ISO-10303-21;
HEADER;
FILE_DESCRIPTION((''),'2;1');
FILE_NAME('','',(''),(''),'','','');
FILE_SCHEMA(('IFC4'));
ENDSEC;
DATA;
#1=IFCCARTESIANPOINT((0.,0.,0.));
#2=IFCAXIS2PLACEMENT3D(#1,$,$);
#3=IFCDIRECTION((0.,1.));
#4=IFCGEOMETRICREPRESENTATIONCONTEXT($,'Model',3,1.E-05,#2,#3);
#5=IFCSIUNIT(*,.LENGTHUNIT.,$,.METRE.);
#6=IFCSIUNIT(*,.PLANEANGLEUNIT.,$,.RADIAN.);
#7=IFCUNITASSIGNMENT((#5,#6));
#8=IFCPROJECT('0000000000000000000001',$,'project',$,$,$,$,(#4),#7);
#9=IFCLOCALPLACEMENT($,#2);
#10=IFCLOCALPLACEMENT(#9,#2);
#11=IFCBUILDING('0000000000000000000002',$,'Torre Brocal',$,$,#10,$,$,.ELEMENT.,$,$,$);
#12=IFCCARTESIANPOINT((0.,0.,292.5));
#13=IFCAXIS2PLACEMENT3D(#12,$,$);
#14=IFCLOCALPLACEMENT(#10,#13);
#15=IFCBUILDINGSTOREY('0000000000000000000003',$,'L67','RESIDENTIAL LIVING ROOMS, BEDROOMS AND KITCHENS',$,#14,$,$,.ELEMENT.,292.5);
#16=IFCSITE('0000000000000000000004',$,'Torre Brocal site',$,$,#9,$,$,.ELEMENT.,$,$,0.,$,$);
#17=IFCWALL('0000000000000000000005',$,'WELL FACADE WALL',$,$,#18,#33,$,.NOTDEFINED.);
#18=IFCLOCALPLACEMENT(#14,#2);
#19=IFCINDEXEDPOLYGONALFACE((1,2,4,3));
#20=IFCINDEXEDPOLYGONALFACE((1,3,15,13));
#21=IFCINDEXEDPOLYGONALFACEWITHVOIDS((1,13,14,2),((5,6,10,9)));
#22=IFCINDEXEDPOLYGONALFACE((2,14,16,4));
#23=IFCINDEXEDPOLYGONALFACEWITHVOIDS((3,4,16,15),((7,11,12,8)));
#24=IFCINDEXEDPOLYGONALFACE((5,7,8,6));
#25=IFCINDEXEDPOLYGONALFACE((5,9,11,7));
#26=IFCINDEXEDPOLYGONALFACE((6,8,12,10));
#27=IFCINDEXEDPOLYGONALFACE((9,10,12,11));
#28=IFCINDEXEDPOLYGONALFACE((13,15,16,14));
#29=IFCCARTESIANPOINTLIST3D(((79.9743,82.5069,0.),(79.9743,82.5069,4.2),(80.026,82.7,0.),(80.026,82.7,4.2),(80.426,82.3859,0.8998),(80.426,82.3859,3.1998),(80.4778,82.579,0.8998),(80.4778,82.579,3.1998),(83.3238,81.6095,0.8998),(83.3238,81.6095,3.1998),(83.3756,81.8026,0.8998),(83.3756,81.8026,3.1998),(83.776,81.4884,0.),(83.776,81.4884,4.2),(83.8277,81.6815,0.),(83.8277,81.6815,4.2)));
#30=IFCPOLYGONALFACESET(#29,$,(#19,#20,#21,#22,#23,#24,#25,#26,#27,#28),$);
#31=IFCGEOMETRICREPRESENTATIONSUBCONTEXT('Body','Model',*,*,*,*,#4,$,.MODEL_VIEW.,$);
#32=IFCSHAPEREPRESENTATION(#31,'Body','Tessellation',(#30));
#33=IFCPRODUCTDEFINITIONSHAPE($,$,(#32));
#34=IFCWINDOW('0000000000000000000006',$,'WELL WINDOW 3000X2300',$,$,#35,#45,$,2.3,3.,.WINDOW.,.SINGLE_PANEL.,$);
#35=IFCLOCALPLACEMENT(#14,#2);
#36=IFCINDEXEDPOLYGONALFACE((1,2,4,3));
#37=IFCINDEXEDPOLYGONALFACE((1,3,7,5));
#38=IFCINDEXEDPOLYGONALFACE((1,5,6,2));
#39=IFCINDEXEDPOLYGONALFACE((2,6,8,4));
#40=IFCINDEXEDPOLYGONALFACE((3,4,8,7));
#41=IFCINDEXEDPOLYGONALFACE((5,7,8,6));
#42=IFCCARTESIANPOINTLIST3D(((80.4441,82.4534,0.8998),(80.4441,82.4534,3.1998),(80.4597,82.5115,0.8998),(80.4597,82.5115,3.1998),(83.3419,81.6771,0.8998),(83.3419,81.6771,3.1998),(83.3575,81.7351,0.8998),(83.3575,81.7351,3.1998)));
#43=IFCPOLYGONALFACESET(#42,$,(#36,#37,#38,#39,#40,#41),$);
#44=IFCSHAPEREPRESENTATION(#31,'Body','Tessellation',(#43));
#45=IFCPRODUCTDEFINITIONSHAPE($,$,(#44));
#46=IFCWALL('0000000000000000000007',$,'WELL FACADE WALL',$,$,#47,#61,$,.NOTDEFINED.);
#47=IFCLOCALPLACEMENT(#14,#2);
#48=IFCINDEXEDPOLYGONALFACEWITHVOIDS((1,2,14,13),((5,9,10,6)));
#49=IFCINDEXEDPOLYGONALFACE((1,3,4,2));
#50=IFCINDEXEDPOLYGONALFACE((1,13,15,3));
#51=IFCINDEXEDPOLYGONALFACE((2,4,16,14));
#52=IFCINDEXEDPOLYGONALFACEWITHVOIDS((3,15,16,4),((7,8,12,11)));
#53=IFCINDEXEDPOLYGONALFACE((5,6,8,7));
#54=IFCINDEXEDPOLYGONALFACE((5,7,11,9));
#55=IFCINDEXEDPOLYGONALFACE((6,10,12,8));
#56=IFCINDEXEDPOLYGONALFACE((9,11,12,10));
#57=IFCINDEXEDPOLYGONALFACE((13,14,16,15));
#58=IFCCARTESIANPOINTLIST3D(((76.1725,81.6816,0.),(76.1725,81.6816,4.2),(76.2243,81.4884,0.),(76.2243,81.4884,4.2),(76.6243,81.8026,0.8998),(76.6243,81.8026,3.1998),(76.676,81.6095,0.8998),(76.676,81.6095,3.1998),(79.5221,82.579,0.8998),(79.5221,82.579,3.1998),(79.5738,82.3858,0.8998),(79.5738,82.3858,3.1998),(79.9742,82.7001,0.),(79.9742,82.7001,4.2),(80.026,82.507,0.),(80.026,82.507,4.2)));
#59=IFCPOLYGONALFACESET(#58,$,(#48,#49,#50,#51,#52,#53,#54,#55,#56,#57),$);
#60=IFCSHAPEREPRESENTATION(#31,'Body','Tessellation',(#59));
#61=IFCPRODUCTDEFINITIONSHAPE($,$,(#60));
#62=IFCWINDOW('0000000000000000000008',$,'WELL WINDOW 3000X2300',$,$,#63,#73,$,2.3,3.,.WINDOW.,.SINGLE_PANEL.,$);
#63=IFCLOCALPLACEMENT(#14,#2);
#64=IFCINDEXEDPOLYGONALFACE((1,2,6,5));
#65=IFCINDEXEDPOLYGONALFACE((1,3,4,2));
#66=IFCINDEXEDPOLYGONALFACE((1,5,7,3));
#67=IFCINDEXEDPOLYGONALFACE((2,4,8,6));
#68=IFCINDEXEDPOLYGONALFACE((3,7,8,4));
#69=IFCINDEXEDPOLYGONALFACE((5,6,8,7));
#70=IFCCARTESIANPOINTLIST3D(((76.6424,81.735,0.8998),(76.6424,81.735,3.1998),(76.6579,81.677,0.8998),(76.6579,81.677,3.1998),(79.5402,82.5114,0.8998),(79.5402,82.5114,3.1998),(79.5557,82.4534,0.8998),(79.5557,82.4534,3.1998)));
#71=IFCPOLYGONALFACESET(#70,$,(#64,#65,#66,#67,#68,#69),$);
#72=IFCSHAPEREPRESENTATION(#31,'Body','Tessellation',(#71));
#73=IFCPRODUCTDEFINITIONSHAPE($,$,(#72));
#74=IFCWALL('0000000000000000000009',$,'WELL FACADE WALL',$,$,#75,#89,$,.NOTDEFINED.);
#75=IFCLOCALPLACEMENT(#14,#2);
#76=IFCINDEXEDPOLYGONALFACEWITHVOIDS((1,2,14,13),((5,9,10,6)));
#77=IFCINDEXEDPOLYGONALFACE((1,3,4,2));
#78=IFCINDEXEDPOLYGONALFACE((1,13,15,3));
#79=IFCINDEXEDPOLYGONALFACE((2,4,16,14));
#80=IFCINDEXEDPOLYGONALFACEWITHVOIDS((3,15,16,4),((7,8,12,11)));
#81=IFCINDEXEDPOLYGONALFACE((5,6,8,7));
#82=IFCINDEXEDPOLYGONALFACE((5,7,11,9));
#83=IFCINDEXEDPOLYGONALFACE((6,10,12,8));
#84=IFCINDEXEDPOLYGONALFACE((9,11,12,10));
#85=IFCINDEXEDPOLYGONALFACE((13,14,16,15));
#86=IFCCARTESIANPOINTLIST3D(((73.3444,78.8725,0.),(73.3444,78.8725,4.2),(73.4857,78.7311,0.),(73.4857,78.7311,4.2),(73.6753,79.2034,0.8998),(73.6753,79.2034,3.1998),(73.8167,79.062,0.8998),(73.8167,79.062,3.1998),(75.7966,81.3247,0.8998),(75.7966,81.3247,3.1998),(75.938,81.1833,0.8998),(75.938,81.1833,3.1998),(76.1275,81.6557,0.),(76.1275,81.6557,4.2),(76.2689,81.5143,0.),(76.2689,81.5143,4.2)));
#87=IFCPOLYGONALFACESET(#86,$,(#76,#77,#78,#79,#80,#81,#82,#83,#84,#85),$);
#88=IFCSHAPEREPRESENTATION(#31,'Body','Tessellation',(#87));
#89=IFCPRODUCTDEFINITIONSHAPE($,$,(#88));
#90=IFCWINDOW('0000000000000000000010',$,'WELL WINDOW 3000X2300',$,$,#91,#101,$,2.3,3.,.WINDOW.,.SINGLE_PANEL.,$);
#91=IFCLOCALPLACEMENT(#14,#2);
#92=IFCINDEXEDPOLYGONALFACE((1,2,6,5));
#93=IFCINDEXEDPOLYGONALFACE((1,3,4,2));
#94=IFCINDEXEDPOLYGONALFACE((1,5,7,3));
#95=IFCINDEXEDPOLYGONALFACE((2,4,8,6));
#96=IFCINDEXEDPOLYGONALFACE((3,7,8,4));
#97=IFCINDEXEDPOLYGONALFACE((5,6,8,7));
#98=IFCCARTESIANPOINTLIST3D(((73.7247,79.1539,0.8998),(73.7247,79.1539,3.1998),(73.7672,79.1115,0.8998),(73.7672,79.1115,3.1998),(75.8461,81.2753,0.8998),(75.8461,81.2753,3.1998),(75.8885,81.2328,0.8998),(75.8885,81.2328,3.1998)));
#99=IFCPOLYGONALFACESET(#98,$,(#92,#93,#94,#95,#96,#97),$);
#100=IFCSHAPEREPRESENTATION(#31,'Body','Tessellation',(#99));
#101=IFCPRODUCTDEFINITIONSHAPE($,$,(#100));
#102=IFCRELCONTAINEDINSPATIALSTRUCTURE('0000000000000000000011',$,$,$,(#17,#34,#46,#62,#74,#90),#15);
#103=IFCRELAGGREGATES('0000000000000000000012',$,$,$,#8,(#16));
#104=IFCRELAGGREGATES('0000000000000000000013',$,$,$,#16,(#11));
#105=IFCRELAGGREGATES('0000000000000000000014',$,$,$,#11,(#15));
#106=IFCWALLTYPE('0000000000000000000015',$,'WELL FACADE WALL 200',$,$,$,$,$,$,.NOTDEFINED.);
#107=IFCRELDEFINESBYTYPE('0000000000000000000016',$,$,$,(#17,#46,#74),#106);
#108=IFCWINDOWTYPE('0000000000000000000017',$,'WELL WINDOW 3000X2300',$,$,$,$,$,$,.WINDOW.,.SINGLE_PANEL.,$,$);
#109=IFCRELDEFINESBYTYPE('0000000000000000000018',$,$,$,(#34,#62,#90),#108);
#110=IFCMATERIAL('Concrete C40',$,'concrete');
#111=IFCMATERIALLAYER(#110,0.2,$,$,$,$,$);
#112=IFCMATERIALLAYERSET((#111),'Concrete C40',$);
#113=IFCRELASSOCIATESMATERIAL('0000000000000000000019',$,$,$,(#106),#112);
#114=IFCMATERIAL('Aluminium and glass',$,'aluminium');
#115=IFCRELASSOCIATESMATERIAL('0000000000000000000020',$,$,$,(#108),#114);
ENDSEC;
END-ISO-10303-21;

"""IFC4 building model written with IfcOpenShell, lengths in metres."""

from ifc_helpers import new_model, si_unit, direction, frame, frame_2d, origin, place, context, subcontext, project, spatial, rectangle, extrude, material, layer, layer_set, type_object, element, fill, save


model = new_model("IFC4")

# Units and contexts
model_context = context("Model", 3, precision=1e-05, world=origin(), true_north=direction((0.0, 1.0)))
body_context = subcontext(model_context, "Body", "Model", "MODEL_VIEW")
ifc_project = project(units=[si_unit("LENGTHUNIT", "METRE"), si_unit("PLANEANGLEUNIT", "RADIAN")], contexts=[model_context])

# Site, building, storey
site_placement = place(None, origin())
site = spatial("IfcSite", under=ifc_project, at=site_placement, Name="Torre Brocal site", CompositionType="ELEMENT", RefElevation=0.0)
building_placement = place(site_placement, origin())
building = spatial("IfcBuilding", under=site, at=building_placement, Name="Torre Brocal", CompositionType="ELEMENT")
storey_placement = place(building_placement, frame((0.0, 0.0, 292.5)))
storey = spatial("IfcBuildingStorey", under=building, at=storey_placement, Name="L67", Description="RESIDENTIAL LIVING ROOMS, BEDROOMS AND KITCHENS", CompositionType="ELEMENT", Elevation=292.5)

# Walls, openings, windows
ifc_material_1 = material(Name="Concrete C40", Category="concrete")
ifc_layer_1 = layer(ifc_material_1, 0.2)
ifc_layer_set_1 = layer_set([ifc_layer_1], Name="Concrete C40")
wall_type_1 = type_object("IfcWallType", Name="WELL FACADE WALL 200", PredefinedType="NOTDEFINED", material=ifc_layer_set_1)
wall_1_placement = place(storey_placement, frame((83.8018, 81.585, 0.0), z_axis=(0.0, 0.0, 1.0), x_axis=(-0.965934, 0.25879, 0.0)))
wall_1 = element("IfcWall", 1, at=wall_1_placement, inside=storey, type_object=wall_type_1, Name="WELL FACADE WALL", PredefinedType="NOTDEFINED", context=body_context, shape_type="SweptSolid", body=[
    extrude(rectangle(XDim=3.9358, YDim=0.2, at=frame_2d((1.9678, 0.0))), origin(), (0.0, 0.0, 1.0), 4.2),
])
opening_1_placement = place(wall_1_placement, frame((0.468, 0.0, 0.8999)))
opening_1 = element("IfcOpeningElement", 2, at=opening_1_placement, cuts=wall_1, PredefinedType="OPENING", context=body_context, shape_type="SweptSolid", body=[
    extrude(rectangle(XDim=3.0, YDim=2.3, at=frame_2d((1.5, 1.1499))), frame((0.0, 0.1099, 0.0), z_axis=(0.0, -1.0, 0.0), x_axis=(1.0, 0.0, 0.0)), (0.0, 0.0, 1.0), 0.22),
])
ifc_material_2 = material(Name="Aluminium and glass", Category="aluminium")
window_type = type_object("IfcWindowType", Name="WELL WINDOW 3000X2300", PartitioningType="SINGLE_PANEL", PredefinedType="WINDOW", material=ifc_material_2)
window_1_placement = place(opening_1_placement, origin())
window_1 = element("IfcWindow", 3, at=window_1_placement, inside=storey, type_object=window_type, Name="WELL WINDOW 3000X2300", OverallHeight=2.3, OverallWidth=3.0, PartitioningType="SINGLE_PANEL", PredefinedType="WINDOW", context=body_context, shape_type="SweptSolid", body=[
    extrude(rectangle(XDim=3.0, YDim=2.3, at=frame_2d((1.5, 1.1499))), frame((0.0, 0.03, 0.0), z_axis=(0.0, -1.0, 0.0), x_axis=(1.0, 0.0, 0.0)), (0.0, 0.0, 1.0), 0.0601),
])
fill(opening_1, window_1)
wall_2_placement = place(storey_placement, frame((80.0, 82.6035, 0.0), z_axis=(0.0, 0.0, 1.0), x_axis=(-0.965934, -0.25879, 0.0)))
wall_2 = element("IfcWall", 4, at=wall_2_placement, inside=storey, type_object=wall_type_1, Name="WELL FACADE WALL", PredefinedType="NOTDEFINED", context=body_context, shape_type="SweptSolid", body=[
    extrude(rectangle(XDim=3.9358, YDim=0.2, at=frame_2d((1.9678, 0.0))), origin(), (0.0, 0.0, 1.0), 4.2),
])
opening_2_placement = place(wall_2_placement, frame((0.468, 0.0, 0.8999)))
opening_2 = element("IfcOpeningElement", 5, at=opening_2_placement, cuts=wall_2, PredefinedType="OPENING", context=body_context, shape_type="SweptSolid", body=[
    extrude(rectangle(XDim=3.0, YDim=2.3, at=frame_2d((1.5, 1.1499))), frame((0.0, 0.1099, 0.0), z_axis=(0.0, -1.0, 0.0), x_axis=(1.0, 0.0, 0.0)), (0.0, 0.0, 1.0), 0.22),
])
window_2_placement = place(opening_2_placement, origin())
window_2 = element("IfcWindow", 6, at=window_2_placement, inside=storey, type_object=window_type, Name="WELL WINDOW 3000X2300", OverallHeight=2.3, OverallWidth=3.0, PartitioningType="SINGLE_PANEL", PredefinedType="WINDOW", context=body_context, shape_type="SweptSolid", body=[
    extrude(rectangle(XDim=3.0, YDim=2.3, at=frame_2d((1.5, 1.1499))), frame((0.0, 0.03, 0.0), z_axis=(0.0, -1.0, 0.0), x_axis=(1.0, 0.0, 0.0)), (0.0, 0.0, 1.0), 0.0601),
])
fill(opening_2, window_2)
wall_3_placement = place(storey_placement, frame((76.1982, 81.585, 0.0), z_axis=(0.0, 0.0, 1.0), x_axis=(-0.707107, -0.707107, 0.0)))
wall_3 = element("IfcWall", 7, at=wall_3_placement, inside=storey, type_object=wall_type_1, Name="WELL FACADE WALL", PredefinedType="NOTDEFINED", context=body_context, shape_type="SweptSolid", body=[
    extrude(rectangle(XDim=3.936, YDim=0.2, at=frame_2d((1.968, 0.0))), origin(), (0.0, 0.0, 1.0), 4.2),
])
opening_3_placement = place(wall_3_placement, frame((0.468, 0.0, 0.8999)))
opening_3 = element("IfcOpeningElement", 8, at=opening_3_placement, cuts=wall_3, PredefinedType="OPENING", context=body_context, shape_type="SweptSolid", body=[
    extrude(rectangle(XDim=3.0, YDim=2.3, at=frame_2d((1.5, 1.1499))), frame((0.0, 0.1099, 0.0), z_axis=(0.0, -1.0, 0.0), x_axis=(1.0, 0.0, 0.0)), (0.0, 0.0, 1.0), 0.22),
])
window_3_placement = place(opening_3_placement, origin())
window_3 = element("IfcWindow", 9, at=window_3_placement, inside=storey, type_object=window_type, Name="WELL WINDOW 3000X2300", OverallHeight=2.3, OverallWidth=3.0, PartitioningType="SINGLE_PANEL", PredefinedType="WINDOW", context=body_context, shape_type="SweptSolid", body=[
    extrude(rectangle(XDim=3.0, YDim=2.3, at=frame_2d((1.5, 1.1499))), frame((0.0, 0.03, 0.0), z_axis=(0.0, -1.0, 0.0), x_axis=(1.0, 0.0, 0.0)), (0.0, 0.0, 1.0), 0.0601),
])
fill(opening_3, window_3)

save(model, "model.ifc")
